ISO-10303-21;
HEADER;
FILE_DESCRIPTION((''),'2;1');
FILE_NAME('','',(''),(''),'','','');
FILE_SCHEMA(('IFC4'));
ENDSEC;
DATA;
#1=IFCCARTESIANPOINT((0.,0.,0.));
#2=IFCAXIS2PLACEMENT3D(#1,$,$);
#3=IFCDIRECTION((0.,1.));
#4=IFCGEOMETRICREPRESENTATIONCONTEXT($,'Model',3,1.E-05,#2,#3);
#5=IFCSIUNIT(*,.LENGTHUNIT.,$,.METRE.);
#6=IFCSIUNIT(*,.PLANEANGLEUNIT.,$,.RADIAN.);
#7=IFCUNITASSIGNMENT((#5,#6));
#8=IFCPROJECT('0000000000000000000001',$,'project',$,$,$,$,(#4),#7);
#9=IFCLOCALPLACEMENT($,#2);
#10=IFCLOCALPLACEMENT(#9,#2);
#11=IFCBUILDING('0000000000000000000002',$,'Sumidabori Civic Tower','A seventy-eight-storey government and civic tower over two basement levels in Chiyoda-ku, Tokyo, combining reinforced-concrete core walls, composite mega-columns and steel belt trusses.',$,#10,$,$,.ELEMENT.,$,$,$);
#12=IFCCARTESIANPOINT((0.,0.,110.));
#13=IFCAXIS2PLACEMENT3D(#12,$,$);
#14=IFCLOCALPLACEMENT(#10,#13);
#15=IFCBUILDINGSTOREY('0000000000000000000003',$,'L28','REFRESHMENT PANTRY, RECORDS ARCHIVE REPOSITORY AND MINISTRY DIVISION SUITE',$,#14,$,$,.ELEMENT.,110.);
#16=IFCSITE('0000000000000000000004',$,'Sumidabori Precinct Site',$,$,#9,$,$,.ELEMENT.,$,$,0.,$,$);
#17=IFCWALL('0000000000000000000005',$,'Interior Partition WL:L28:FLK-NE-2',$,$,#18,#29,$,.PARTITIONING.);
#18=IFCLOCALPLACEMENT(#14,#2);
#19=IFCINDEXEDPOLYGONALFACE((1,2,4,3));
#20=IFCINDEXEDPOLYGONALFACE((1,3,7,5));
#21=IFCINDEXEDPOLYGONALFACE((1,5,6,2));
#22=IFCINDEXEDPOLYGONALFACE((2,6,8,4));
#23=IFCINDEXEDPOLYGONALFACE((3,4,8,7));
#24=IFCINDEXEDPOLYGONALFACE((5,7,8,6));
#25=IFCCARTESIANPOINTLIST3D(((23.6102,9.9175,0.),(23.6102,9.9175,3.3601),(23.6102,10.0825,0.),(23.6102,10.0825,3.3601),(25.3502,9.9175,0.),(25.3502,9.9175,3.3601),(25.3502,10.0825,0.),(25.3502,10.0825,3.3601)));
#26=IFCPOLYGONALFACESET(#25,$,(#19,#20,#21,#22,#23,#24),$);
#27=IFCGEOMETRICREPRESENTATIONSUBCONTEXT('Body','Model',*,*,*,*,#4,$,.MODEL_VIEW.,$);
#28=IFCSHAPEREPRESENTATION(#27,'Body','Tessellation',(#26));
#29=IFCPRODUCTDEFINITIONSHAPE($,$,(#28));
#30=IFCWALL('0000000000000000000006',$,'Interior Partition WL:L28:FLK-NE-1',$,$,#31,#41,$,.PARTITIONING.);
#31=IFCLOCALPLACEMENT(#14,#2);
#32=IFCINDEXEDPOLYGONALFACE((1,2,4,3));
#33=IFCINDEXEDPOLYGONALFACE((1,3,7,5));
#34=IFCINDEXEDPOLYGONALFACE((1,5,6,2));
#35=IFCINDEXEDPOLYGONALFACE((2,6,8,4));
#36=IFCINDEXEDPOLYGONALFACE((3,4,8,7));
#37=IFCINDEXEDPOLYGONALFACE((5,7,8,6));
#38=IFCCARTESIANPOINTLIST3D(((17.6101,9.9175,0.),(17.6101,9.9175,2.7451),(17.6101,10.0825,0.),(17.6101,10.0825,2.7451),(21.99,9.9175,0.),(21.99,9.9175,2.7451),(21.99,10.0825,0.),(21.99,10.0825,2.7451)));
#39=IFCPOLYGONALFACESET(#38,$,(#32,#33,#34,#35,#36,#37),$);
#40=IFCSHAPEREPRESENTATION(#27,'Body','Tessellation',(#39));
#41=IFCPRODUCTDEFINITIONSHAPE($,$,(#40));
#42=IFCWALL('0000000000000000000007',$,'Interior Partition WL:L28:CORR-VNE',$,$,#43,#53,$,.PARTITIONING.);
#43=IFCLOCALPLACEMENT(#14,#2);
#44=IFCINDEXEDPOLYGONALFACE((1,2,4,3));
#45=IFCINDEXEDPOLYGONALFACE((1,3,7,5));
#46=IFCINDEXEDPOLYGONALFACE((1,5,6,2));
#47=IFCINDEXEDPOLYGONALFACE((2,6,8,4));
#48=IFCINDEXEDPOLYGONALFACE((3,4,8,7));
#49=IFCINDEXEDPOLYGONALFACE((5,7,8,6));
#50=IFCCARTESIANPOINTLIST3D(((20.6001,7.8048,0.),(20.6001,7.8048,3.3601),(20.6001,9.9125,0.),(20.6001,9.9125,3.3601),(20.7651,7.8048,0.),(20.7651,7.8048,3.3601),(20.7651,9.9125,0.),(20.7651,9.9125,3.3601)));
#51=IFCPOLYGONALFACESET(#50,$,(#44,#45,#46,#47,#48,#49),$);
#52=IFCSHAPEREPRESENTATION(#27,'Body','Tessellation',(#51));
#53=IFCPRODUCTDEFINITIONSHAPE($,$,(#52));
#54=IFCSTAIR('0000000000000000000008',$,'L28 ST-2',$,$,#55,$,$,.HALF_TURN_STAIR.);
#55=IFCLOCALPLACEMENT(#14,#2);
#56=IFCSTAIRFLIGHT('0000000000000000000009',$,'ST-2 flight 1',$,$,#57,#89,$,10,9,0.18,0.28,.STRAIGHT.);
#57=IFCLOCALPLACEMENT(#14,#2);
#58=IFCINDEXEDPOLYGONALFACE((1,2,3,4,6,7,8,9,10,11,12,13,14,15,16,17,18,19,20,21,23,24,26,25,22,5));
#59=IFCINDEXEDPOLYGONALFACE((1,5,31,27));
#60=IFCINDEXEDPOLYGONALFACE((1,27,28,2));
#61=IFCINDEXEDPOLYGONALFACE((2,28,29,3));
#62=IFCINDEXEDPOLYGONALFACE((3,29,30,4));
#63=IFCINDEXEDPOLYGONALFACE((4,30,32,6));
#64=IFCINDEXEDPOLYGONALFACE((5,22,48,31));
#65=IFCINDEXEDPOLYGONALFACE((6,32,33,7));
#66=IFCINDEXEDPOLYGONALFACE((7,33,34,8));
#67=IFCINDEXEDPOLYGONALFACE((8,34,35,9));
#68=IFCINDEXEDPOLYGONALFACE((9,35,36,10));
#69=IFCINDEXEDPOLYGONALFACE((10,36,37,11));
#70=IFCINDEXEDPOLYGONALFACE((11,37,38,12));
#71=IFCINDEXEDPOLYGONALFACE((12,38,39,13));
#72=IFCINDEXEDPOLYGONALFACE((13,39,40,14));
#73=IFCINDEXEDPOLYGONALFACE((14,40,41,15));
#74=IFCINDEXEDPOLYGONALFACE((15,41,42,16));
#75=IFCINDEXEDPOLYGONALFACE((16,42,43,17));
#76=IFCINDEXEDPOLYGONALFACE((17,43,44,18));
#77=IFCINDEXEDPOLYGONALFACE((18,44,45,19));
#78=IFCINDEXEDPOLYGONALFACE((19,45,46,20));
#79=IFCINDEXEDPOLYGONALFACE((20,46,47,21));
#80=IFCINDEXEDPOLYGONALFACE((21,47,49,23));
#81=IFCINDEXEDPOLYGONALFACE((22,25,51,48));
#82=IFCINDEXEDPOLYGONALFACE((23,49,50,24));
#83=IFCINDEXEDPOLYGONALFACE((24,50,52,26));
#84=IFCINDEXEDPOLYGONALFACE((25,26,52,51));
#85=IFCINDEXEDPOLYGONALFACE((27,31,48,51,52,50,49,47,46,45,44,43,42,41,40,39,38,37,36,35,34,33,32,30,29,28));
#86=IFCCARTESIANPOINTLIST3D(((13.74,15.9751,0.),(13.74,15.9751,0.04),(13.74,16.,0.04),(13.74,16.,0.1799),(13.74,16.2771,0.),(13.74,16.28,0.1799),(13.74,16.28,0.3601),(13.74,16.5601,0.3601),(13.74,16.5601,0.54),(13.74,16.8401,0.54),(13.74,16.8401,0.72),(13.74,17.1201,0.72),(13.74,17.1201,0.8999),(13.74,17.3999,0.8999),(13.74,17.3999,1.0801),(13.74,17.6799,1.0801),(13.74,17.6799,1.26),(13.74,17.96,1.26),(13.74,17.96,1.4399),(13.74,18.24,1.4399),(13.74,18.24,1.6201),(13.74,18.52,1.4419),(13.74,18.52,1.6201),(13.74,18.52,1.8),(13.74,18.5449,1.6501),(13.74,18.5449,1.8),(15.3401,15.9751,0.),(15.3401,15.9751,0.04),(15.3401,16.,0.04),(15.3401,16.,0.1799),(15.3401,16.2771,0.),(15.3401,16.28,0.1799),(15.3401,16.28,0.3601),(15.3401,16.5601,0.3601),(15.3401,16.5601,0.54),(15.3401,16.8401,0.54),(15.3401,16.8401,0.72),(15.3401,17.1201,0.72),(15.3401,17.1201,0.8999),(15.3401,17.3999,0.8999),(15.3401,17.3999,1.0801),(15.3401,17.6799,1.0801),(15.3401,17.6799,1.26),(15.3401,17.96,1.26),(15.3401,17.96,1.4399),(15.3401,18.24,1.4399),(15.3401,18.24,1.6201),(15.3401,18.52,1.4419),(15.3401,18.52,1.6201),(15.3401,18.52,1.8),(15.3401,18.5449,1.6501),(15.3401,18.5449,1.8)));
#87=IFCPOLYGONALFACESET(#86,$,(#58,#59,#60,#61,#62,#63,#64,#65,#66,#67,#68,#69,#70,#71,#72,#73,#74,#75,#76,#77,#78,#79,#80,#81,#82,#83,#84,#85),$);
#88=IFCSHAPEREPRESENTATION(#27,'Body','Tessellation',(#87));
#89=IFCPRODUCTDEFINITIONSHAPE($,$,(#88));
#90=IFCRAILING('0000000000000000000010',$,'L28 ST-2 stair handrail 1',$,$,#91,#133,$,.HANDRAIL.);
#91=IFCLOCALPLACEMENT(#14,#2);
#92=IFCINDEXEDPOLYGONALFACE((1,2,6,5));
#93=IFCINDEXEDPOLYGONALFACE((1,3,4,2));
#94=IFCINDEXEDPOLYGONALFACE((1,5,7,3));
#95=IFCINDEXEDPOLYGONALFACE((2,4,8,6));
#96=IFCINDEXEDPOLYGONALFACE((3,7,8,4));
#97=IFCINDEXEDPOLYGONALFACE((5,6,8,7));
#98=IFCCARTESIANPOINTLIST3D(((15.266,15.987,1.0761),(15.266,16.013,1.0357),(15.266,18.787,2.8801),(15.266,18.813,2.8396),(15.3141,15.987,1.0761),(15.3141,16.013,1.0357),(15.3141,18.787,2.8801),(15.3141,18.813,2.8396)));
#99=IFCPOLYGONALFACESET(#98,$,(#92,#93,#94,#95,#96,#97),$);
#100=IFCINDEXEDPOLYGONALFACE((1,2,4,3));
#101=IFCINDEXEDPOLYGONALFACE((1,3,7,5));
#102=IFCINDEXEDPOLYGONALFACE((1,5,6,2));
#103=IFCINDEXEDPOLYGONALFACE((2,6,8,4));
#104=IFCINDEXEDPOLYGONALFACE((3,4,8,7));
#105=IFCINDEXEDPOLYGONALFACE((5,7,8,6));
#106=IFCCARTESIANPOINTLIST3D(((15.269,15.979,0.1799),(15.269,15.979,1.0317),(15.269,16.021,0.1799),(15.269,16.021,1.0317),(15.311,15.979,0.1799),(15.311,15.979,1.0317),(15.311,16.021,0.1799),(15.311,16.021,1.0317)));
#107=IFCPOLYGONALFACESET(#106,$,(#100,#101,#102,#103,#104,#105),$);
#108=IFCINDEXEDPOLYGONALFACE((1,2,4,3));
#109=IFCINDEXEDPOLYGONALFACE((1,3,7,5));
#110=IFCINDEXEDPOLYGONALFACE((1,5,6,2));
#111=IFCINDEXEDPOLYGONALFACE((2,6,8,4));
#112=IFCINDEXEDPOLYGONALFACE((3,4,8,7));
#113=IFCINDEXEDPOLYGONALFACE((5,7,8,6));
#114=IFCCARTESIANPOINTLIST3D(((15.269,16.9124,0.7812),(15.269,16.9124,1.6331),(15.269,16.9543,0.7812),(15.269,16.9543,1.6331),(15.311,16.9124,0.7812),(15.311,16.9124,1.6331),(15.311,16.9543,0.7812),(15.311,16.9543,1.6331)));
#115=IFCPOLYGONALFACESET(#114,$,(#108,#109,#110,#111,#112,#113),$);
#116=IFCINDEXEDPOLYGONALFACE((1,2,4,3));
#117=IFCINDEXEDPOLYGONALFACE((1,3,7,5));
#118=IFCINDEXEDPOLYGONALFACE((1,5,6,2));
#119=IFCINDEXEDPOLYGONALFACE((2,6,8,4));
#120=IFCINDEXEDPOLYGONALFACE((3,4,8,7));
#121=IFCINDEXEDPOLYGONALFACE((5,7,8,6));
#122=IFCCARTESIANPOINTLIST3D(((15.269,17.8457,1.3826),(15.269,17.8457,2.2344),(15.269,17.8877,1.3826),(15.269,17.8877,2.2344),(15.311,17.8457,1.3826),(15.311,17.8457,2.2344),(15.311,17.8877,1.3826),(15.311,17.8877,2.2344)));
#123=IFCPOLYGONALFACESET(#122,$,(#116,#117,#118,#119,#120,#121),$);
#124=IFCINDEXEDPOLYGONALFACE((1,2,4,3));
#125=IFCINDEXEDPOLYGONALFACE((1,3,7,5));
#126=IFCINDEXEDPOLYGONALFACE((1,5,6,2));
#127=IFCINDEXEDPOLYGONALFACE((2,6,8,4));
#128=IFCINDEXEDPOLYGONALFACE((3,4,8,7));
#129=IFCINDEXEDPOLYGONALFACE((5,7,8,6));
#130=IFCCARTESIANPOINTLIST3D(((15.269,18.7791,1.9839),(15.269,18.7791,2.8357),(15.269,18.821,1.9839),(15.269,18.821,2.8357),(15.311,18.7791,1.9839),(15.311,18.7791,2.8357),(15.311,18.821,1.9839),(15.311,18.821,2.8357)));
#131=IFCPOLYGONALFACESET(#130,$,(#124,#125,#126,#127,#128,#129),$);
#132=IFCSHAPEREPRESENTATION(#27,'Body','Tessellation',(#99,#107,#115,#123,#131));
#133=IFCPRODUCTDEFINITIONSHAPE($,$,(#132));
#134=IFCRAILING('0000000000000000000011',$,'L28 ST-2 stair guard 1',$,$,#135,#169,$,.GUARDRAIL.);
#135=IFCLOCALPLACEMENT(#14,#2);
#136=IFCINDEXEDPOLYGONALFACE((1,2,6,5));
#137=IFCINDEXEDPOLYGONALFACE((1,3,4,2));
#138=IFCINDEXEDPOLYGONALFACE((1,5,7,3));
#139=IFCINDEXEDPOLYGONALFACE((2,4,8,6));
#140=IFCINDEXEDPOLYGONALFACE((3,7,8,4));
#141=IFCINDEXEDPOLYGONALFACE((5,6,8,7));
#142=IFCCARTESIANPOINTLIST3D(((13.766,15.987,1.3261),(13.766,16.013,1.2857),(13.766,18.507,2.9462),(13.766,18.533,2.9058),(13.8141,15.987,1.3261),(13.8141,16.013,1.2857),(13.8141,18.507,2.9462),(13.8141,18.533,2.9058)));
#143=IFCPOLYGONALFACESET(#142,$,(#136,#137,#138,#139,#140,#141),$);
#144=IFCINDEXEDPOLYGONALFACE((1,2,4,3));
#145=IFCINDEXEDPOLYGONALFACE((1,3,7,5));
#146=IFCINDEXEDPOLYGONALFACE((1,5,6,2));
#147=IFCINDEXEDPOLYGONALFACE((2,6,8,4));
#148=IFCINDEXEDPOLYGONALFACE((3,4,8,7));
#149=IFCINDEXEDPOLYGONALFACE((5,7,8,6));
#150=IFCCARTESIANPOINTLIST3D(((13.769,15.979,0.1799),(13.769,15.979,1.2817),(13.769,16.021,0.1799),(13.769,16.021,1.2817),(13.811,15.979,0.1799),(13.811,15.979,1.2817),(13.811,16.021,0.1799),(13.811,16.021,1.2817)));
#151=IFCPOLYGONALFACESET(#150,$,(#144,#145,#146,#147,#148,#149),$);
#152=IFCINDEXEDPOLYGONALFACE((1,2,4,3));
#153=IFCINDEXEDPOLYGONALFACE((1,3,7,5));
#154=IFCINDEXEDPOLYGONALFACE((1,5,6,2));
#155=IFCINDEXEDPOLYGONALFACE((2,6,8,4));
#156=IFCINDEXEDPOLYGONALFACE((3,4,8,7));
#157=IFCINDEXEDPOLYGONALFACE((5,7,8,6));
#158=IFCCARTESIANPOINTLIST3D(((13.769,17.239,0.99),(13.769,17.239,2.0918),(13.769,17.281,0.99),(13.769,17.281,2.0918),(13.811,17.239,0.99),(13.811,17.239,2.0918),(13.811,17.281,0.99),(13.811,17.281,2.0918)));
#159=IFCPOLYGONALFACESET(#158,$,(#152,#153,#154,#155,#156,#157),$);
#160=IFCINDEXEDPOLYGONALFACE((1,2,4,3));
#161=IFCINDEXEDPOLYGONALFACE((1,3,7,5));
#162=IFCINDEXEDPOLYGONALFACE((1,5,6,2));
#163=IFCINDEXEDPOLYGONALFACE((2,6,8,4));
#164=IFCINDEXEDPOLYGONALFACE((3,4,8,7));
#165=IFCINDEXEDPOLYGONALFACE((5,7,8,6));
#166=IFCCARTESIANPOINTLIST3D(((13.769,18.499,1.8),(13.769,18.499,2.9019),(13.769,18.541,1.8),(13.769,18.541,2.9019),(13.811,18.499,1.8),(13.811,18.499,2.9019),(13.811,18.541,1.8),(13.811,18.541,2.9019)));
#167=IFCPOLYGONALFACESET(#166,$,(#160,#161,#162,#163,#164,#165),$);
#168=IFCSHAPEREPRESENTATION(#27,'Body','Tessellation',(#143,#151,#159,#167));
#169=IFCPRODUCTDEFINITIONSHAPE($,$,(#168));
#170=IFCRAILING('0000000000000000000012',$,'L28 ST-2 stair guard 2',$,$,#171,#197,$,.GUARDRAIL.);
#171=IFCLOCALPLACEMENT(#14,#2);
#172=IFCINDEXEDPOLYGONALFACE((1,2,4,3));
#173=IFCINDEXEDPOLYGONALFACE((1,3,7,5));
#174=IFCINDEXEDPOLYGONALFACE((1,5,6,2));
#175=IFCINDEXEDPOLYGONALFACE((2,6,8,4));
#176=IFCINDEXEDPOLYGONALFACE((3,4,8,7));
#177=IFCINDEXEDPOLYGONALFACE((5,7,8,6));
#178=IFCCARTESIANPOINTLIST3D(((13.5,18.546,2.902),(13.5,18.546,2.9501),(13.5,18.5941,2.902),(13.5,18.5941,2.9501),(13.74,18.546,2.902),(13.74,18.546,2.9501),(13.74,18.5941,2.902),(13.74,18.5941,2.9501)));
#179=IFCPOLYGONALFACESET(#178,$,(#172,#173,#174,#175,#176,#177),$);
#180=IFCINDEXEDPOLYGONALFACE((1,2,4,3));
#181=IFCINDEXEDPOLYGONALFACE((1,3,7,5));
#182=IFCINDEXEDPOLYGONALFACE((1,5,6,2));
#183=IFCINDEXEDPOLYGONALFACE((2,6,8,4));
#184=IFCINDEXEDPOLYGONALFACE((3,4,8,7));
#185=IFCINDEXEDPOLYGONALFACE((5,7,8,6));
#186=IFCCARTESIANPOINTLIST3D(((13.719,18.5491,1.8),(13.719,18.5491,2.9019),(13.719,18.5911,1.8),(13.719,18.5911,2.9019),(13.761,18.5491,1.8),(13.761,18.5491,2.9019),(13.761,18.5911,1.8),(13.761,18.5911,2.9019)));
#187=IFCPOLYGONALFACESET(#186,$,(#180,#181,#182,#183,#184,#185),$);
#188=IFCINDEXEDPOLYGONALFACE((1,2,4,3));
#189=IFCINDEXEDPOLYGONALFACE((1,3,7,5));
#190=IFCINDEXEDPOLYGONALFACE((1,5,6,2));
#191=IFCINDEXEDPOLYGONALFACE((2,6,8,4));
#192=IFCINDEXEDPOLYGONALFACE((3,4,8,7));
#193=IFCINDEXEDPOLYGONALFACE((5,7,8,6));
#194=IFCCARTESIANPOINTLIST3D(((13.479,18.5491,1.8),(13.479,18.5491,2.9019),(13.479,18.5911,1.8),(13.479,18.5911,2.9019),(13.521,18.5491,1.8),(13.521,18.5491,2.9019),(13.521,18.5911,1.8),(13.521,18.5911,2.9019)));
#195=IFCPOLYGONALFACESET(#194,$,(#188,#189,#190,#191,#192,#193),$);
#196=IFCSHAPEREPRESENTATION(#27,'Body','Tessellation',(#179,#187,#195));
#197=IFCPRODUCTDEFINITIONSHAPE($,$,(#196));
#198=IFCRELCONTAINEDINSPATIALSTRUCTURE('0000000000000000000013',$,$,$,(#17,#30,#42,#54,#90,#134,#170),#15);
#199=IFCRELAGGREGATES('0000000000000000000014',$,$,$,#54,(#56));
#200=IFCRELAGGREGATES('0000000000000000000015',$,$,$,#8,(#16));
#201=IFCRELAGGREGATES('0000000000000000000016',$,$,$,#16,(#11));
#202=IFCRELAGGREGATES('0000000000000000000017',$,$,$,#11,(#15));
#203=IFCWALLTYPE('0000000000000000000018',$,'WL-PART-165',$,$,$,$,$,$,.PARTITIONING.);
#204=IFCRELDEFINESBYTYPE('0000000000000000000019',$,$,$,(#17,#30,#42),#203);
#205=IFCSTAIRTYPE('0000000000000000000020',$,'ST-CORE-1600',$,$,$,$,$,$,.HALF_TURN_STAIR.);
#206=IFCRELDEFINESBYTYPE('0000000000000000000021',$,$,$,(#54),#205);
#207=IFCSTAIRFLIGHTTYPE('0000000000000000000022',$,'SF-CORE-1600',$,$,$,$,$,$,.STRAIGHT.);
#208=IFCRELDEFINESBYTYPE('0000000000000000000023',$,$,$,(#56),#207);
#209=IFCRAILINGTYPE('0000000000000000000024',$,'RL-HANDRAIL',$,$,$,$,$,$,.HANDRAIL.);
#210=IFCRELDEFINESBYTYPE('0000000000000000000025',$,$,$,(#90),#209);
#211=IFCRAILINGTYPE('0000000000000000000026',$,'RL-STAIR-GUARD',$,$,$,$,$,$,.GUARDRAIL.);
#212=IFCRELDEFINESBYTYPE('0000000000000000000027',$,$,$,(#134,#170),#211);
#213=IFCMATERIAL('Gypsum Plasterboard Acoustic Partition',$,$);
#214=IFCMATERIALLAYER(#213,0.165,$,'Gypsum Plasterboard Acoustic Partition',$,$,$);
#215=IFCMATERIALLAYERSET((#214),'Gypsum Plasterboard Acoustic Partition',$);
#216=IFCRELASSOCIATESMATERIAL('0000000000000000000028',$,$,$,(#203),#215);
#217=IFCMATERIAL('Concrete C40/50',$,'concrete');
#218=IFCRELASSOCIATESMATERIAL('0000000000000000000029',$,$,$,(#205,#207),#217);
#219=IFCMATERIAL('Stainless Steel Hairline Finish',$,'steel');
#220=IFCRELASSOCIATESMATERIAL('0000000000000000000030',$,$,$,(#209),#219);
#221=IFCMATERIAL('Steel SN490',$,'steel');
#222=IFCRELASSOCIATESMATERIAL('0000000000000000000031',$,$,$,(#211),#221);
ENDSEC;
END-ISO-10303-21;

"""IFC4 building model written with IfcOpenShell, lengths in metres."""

from ifc_helpers import new_model, si_unit, direction, frame, frame_2d, origin, origin_2d, place, context, subcontext, project, spatial, polyline, rectangle, outline, extrude, source, transform, mapped, material, layer, layer_set, type_object, element, aggregate, save


model = new_model("IFC4")

# Units and contexts
model_context = context("Model", 3, precision=1e-05, world=origin(), true_north=direction((0.0, 1.0)))
body_context = subcontext(model_context, "Body", "Model", "MODEL_VIEW")
ifc_project = project(units=[si_unit("LENGTHUNIT", "METRE"), si_unit("PLANEANGLEUNIT", "RADIAN")], contexts=[model_context])

# Site, building, storey
site_placement = place(None, origin())
site = spatial("IfcSite", under=ifc_project, at=site_placement, Name="Sumidabori Precinct Site", CompositionType="ELEMENT", RefElevation=0.0)
building_placement = place(site_placement, origin())
building = spatial("IfcBuilding", under=site, at=building_placement, Name="Sumidabori Civic Tower", Description="A seventy-eight-storey government and civic tower over two basement levels in Chiyoda-ku, Tokyo, combining reinforced-concrete core walls, composite mega-columns and steel belt trusses.", CompositionType="ELEMENT")
storey_placement = place(building_placement, frame((0.0, 0.0, 110.0)))
storey = spatial("IfcBuildingStorey", under=building, at=storey_placement, Name="L28", Description="REFRESHMENT PANTRY, RECORDS ARCHIVE REPOSITORY AND MINISTRY DIVISION SUITE", CompositionType="ELEMENT", Elevation=110.0)

# Shared definitions
ifc_material_1 = material(Name="Steel SN490", Category="steel")

# Walls
ifc_material_2 = material(Name="Gypsum Plasterboard Acoustic Partition")
ifc_layer_1 = layer(ifc_material_2, 0.165, Name="Gypsum Plasterboard Acoustic Partition")
ifc_layer_set_1 = layer_set([ifc_layer_1], Name="Gypsum Plasterboard Acoustic Partition")
wall_type_1 = type_object("IfcWallType", Name="WL-PART-165", PredefinedType="PARTITIONING", material=ifc_layer_set_1)
shared_shape_1 = source(origin(), body_context, "Body", "SweptSolid", [
    extrude(rectangle(XDim=1.74, YDim=0.165, at=frame_2d((0.8701, 0.0))), origin(), (0.0, 0.0, 1.0), 3.3601),
])
wall_1_placement = place(storey_placement, frame((23.6101, 10.0, 0.0), z_axis=(0.0, 0.0, 1.0), x_axis=(1.0, 0.0, 0.0)))
element("IfcWall", 1, at=wall_1_placement, inside=storey, type_object=wall_type_1, Name="Interior Partition WL:L28:FLK-NE-2", PredefinedType="PARTITIONING", context=body_context, shape_type="MappedRepresentation", body=[
    mapped(shared_shape_1, transform((0.0, 0.0, 0.0), x_axis=(1.0, 0.0, 0.0), y_axis=(0.0, 1.0, 0.0), z_axis=(0.0, 0.0, 1.0), scale=1.0)),
])
shared_shape_2 = source(origin(), body_context, "Body", "SweptSolid", [
    extrude(rectangle(XDim=4.3799, YDim=0.165, at=frame_2d((2.1899, 0.0))), origin(), (0.0, 0.0, 1.0), 2.7451),
])
wall_2_placement = place(storey_placement, frame((17.6101, 10.0, 0.0), z_axis=(0.0, 0.0, 1.0), x_axis=(1.0, 0.0, 0.0)))
element("IfcWall", 2, at=wall_2_placement, inside=storey, type_object=wall_type_1, Name="Interior Partition WL:L28:FLK-NE-1", PredefinedType="PARTITIONING", context=body_context, shape_type="MappedRepresentation", body=[
    mapped(shared_shape_2, transform((0.0, 0.0, 0.0), x_axis=(1.0, 0.0, 0.0), y_axis=(0.0, 1.0, 0.0), z_axis=(0.0, 0.0, 1.0), scale=1.0)),
])
shared_shape_3 = source(origin(), body_context, "Body", "SweptSolid", [
    extrude(rectangle(XDim=2.1077, YDim=0.165, at=frame_2d((1.0537, 0.0))), origin(), (0.0, 0.0, 1.0), 3.3601),
])
wall_3_placement = place(storey_placement, frame((20.6826, 7.8049, 0.0), z_axis=(0.0, 0.0, 1.0), x_axis=(0.0, 1.0, 0.0)))
element("IfcWall", 3, at=wall_3_placement, inside=storey, type_object=wall_type_1, Name="Interior Partition WL:L28:CORR-VNE", PredefinedType="PARTITIONING", context=body_context, shape_type="MappedRepresentation", body=[
    mapped(shared_shape_3, transform((0.0, 0.0, 0.0), x_axis=(1.0, 0.0, 0.0), y_axis=(0.0, 1.0, 0.0), z_axis=(0.0, 0.0, 1.0), scale=1.0)),
])

# Stair, stair flight
ifc_material_3 = material(Name="Concrete C40/50", Category="concrete")
stair_type = type_object("IfcStairType", Name="ST-CORE-1600", PredefinedType="HALF_TURN_STAIR", material=ifc_material_3)
stair_placement = place(storey_placement, origin())
stair = element("IfcStair", 4, at=stair_placement, inside=storey, type_object=stair_type, Name="L28 ST-2", PredefinedType="HALF_TURN_STAIR")
stair_flight_type = type_object("IfcStairFlightType", Name="SF-CORE-1600", PredefinedType="STRAIGHT", material=ifc_material_3)
shared_shape_4 = source(origin(), body_context, "Body", "SweptSolid", [
    extrude(outline(polyline([(-0.0249, 0.0), (-0.0249, 0.04), (0.0, 0.04), (0.0, 0.1799), (0.28, 0.1799), (0.28, 0.3601), (0.5601, 0.3601), (0.5601, 0.54), (0.8401, 0.54), (0.8401, 0.72), (1.1201, 0.72), (1.1201, 0.8999), (1.3999, 0.8999), (1.3999, 1.0801), (1.6799, 1.0801), (1.6799, 1.26), (1.96, 1.26), (1.96, 1.4399), (2.24, 1.4399), (2.24, 1.6201), (2.52, 1.6201), (2.52, 1.8), (2.5449, 1.8), (2.5449, 1.6501), (2.52, 1.4419), (0.2771, 0.0), (-0.0249, 0.0)])), frame((0.0, 0.8, 0.0), z_axis=(0.0, -1.0, 0.0), x_axis=(1.0, 0.0, 0.0)), (0.0, 0.0, 1.0), 1.6001),
])
stair_flight_placement = place(storey_placement, frame((14.54, 16.0, 0.0), z_axis=(0.0, 0.0, 1.0), x_axis=(0.0, 1.0, 0.0)))
stair_flight = element("IfcStairFlight", 5, at=stair_flight_placement, type_object=stair_flight_type, Name="ST-2 flight 1", NumberOfRisers=10, NumberOfTreads=9, PredefinedType="STRAIGHT", RiserHeight=0.18, TreadLength=0.28, context=body_context, shape_type="MappedRepresentation", body=[
    mapped(shared_shape_4, transform((0.0, 0.0, 0.0), x_axis=(1.0, 0.0, 0.0), y_axis=(0.0, 1.0, 0.0), z_axis=(0.0, 0.0, 1.0), scale=1.0)),
])
aggregate(stair, [stair_flight])

# Railings
ifc_material_4 = material(Name="Stainless Steel Hairline Finish", Category="steel")
railing_type_1 = type_object("IfcRailingType", Name="RL-HANDRAIL", PredefinedType="HANDRAIL", material=ifc_material_4)
railing_1_placement = place(storey_placement, frame((15.29, 16.0, 0.1799)))
element("IfcRailing", 6, at=railing_1_placement, inside=storey, type_object=railing_type_1, Name="L28 ST-2 stair handrail 1", PredefinedType="HANDRAIL", context=body_context, shape_type="SweptSolid", body=[
    extrude(rectangle(XDim=0.0481, YDim=0.0481, at=origin_2d()), frame((0.0, 0.0, 0.876), z_axis=(0.0, 0.840642, 0.541591), x_axis=(-1.0, 0.0, 0.0)), (0.0, 0.0, 1.0), 3.3308),
    extrude(rectangle(XDim=0.042, YDim=0.042, at=origin_2d()), origin(), (0.0, 0.0, 1.0), 0.8518),
    extrude(rectangle(XDim=0.042, YDim=0.042, at=origin_2d()), frame((0.0, 0.9333, 0.6013)), (0.0, 0.0, 1.0), 0.8518),
    extrude(rectangle(XDim=0.042, YDim=0.042, at=origin_2d()), frame((0.0, 1.8667, 1.2026)), (0.0, 0.0, 1.0), 0.8518),
    extrude(rectangle(XDim=0.042, YDim=0.042, at=origin_2d()), frame((0.0, 2.8, 1.804)), (0.0, 0.0, 1.0), 0.8518),
])
railing_type_2 = type_object("IfcRailingType", Name="RL-STAIR-GUARD", PredefinedType="GUARDRAIL", material=ifc_material_1)
railing_2_placement = place(storey_placement, frame((13.79, 16.0, 0.1799)))
element("IfcRailing", 7, at=railing_2_placement, inside=storey, type_object=railing_type_2, Name="L28 ST-2 stair guard 1", PredefinedType="GUARDRAIL", context=body_context, shape_type="SweptSolid", body=[
    extrude(rectangle(XDim=0.0481, YDim=0.0481, at=origin_2d()), frame((0.0, 0.0, 1.126), z_axis=(0.0, 0.841163, 0.540782), x_axis=(-1.0, 0.0, 0.0)), (0.0, 0.0, 1.0), 2.9958),
    extrude(rectangle(XDim=0.042, YDim=0.042, at=origin_2d()), origin(), (0.0, 0.0, 1.0), 1.1018),
    extrude(rectangle(XDim=0.042, YDim=0.042, at=origin_2d()), frame((0.0, 1.26, 0.8101)), (0.0, 0.0, 1.0), 1.1018),
    extrude(rectangle(XDim=0.042, YDim=0.042, at=origin_2d()), frame((0.0, 2.52, 1.6201)), (0.0, 0.0, 1.0), 1.1018),
])
railing_3_placement = place(storey_placement, frame((13.74, 18.5701, 1.8)))
element("IfcRailing", 8, at=railing_3_placement, inside=storey, type_object=railing_type_2, Name="L28 ST-2 stair guard 2", PredefinedType="GUARDRAIL", context=body_context, shape_type="SweptSolid", body=[
    extrude(rectangle(XDim=0.0481, YDim=0.0481, at=origin_2d()), frame((0.0, 0.0, 1.126), z_axis=(-1.0, 0.0, 0.0), x_axis=(0.0, -1.0, 0.0)), (0.0, 0.0, 1.0), 0.24),
    extrude(rectangle(XDim=0.042, YDim=0.042, at=origin_2d()), origin(), (0.0, 0.0, 1.0), 1.1018),
    extrude(rectangle(XDim=0.042, YDim=0.042, at=origin_2d()), frame((-0.24, 0.0, 0.0)), (0.0, 0.0, 1.0), 1.1018),
])

save(model, "model.ifc")
